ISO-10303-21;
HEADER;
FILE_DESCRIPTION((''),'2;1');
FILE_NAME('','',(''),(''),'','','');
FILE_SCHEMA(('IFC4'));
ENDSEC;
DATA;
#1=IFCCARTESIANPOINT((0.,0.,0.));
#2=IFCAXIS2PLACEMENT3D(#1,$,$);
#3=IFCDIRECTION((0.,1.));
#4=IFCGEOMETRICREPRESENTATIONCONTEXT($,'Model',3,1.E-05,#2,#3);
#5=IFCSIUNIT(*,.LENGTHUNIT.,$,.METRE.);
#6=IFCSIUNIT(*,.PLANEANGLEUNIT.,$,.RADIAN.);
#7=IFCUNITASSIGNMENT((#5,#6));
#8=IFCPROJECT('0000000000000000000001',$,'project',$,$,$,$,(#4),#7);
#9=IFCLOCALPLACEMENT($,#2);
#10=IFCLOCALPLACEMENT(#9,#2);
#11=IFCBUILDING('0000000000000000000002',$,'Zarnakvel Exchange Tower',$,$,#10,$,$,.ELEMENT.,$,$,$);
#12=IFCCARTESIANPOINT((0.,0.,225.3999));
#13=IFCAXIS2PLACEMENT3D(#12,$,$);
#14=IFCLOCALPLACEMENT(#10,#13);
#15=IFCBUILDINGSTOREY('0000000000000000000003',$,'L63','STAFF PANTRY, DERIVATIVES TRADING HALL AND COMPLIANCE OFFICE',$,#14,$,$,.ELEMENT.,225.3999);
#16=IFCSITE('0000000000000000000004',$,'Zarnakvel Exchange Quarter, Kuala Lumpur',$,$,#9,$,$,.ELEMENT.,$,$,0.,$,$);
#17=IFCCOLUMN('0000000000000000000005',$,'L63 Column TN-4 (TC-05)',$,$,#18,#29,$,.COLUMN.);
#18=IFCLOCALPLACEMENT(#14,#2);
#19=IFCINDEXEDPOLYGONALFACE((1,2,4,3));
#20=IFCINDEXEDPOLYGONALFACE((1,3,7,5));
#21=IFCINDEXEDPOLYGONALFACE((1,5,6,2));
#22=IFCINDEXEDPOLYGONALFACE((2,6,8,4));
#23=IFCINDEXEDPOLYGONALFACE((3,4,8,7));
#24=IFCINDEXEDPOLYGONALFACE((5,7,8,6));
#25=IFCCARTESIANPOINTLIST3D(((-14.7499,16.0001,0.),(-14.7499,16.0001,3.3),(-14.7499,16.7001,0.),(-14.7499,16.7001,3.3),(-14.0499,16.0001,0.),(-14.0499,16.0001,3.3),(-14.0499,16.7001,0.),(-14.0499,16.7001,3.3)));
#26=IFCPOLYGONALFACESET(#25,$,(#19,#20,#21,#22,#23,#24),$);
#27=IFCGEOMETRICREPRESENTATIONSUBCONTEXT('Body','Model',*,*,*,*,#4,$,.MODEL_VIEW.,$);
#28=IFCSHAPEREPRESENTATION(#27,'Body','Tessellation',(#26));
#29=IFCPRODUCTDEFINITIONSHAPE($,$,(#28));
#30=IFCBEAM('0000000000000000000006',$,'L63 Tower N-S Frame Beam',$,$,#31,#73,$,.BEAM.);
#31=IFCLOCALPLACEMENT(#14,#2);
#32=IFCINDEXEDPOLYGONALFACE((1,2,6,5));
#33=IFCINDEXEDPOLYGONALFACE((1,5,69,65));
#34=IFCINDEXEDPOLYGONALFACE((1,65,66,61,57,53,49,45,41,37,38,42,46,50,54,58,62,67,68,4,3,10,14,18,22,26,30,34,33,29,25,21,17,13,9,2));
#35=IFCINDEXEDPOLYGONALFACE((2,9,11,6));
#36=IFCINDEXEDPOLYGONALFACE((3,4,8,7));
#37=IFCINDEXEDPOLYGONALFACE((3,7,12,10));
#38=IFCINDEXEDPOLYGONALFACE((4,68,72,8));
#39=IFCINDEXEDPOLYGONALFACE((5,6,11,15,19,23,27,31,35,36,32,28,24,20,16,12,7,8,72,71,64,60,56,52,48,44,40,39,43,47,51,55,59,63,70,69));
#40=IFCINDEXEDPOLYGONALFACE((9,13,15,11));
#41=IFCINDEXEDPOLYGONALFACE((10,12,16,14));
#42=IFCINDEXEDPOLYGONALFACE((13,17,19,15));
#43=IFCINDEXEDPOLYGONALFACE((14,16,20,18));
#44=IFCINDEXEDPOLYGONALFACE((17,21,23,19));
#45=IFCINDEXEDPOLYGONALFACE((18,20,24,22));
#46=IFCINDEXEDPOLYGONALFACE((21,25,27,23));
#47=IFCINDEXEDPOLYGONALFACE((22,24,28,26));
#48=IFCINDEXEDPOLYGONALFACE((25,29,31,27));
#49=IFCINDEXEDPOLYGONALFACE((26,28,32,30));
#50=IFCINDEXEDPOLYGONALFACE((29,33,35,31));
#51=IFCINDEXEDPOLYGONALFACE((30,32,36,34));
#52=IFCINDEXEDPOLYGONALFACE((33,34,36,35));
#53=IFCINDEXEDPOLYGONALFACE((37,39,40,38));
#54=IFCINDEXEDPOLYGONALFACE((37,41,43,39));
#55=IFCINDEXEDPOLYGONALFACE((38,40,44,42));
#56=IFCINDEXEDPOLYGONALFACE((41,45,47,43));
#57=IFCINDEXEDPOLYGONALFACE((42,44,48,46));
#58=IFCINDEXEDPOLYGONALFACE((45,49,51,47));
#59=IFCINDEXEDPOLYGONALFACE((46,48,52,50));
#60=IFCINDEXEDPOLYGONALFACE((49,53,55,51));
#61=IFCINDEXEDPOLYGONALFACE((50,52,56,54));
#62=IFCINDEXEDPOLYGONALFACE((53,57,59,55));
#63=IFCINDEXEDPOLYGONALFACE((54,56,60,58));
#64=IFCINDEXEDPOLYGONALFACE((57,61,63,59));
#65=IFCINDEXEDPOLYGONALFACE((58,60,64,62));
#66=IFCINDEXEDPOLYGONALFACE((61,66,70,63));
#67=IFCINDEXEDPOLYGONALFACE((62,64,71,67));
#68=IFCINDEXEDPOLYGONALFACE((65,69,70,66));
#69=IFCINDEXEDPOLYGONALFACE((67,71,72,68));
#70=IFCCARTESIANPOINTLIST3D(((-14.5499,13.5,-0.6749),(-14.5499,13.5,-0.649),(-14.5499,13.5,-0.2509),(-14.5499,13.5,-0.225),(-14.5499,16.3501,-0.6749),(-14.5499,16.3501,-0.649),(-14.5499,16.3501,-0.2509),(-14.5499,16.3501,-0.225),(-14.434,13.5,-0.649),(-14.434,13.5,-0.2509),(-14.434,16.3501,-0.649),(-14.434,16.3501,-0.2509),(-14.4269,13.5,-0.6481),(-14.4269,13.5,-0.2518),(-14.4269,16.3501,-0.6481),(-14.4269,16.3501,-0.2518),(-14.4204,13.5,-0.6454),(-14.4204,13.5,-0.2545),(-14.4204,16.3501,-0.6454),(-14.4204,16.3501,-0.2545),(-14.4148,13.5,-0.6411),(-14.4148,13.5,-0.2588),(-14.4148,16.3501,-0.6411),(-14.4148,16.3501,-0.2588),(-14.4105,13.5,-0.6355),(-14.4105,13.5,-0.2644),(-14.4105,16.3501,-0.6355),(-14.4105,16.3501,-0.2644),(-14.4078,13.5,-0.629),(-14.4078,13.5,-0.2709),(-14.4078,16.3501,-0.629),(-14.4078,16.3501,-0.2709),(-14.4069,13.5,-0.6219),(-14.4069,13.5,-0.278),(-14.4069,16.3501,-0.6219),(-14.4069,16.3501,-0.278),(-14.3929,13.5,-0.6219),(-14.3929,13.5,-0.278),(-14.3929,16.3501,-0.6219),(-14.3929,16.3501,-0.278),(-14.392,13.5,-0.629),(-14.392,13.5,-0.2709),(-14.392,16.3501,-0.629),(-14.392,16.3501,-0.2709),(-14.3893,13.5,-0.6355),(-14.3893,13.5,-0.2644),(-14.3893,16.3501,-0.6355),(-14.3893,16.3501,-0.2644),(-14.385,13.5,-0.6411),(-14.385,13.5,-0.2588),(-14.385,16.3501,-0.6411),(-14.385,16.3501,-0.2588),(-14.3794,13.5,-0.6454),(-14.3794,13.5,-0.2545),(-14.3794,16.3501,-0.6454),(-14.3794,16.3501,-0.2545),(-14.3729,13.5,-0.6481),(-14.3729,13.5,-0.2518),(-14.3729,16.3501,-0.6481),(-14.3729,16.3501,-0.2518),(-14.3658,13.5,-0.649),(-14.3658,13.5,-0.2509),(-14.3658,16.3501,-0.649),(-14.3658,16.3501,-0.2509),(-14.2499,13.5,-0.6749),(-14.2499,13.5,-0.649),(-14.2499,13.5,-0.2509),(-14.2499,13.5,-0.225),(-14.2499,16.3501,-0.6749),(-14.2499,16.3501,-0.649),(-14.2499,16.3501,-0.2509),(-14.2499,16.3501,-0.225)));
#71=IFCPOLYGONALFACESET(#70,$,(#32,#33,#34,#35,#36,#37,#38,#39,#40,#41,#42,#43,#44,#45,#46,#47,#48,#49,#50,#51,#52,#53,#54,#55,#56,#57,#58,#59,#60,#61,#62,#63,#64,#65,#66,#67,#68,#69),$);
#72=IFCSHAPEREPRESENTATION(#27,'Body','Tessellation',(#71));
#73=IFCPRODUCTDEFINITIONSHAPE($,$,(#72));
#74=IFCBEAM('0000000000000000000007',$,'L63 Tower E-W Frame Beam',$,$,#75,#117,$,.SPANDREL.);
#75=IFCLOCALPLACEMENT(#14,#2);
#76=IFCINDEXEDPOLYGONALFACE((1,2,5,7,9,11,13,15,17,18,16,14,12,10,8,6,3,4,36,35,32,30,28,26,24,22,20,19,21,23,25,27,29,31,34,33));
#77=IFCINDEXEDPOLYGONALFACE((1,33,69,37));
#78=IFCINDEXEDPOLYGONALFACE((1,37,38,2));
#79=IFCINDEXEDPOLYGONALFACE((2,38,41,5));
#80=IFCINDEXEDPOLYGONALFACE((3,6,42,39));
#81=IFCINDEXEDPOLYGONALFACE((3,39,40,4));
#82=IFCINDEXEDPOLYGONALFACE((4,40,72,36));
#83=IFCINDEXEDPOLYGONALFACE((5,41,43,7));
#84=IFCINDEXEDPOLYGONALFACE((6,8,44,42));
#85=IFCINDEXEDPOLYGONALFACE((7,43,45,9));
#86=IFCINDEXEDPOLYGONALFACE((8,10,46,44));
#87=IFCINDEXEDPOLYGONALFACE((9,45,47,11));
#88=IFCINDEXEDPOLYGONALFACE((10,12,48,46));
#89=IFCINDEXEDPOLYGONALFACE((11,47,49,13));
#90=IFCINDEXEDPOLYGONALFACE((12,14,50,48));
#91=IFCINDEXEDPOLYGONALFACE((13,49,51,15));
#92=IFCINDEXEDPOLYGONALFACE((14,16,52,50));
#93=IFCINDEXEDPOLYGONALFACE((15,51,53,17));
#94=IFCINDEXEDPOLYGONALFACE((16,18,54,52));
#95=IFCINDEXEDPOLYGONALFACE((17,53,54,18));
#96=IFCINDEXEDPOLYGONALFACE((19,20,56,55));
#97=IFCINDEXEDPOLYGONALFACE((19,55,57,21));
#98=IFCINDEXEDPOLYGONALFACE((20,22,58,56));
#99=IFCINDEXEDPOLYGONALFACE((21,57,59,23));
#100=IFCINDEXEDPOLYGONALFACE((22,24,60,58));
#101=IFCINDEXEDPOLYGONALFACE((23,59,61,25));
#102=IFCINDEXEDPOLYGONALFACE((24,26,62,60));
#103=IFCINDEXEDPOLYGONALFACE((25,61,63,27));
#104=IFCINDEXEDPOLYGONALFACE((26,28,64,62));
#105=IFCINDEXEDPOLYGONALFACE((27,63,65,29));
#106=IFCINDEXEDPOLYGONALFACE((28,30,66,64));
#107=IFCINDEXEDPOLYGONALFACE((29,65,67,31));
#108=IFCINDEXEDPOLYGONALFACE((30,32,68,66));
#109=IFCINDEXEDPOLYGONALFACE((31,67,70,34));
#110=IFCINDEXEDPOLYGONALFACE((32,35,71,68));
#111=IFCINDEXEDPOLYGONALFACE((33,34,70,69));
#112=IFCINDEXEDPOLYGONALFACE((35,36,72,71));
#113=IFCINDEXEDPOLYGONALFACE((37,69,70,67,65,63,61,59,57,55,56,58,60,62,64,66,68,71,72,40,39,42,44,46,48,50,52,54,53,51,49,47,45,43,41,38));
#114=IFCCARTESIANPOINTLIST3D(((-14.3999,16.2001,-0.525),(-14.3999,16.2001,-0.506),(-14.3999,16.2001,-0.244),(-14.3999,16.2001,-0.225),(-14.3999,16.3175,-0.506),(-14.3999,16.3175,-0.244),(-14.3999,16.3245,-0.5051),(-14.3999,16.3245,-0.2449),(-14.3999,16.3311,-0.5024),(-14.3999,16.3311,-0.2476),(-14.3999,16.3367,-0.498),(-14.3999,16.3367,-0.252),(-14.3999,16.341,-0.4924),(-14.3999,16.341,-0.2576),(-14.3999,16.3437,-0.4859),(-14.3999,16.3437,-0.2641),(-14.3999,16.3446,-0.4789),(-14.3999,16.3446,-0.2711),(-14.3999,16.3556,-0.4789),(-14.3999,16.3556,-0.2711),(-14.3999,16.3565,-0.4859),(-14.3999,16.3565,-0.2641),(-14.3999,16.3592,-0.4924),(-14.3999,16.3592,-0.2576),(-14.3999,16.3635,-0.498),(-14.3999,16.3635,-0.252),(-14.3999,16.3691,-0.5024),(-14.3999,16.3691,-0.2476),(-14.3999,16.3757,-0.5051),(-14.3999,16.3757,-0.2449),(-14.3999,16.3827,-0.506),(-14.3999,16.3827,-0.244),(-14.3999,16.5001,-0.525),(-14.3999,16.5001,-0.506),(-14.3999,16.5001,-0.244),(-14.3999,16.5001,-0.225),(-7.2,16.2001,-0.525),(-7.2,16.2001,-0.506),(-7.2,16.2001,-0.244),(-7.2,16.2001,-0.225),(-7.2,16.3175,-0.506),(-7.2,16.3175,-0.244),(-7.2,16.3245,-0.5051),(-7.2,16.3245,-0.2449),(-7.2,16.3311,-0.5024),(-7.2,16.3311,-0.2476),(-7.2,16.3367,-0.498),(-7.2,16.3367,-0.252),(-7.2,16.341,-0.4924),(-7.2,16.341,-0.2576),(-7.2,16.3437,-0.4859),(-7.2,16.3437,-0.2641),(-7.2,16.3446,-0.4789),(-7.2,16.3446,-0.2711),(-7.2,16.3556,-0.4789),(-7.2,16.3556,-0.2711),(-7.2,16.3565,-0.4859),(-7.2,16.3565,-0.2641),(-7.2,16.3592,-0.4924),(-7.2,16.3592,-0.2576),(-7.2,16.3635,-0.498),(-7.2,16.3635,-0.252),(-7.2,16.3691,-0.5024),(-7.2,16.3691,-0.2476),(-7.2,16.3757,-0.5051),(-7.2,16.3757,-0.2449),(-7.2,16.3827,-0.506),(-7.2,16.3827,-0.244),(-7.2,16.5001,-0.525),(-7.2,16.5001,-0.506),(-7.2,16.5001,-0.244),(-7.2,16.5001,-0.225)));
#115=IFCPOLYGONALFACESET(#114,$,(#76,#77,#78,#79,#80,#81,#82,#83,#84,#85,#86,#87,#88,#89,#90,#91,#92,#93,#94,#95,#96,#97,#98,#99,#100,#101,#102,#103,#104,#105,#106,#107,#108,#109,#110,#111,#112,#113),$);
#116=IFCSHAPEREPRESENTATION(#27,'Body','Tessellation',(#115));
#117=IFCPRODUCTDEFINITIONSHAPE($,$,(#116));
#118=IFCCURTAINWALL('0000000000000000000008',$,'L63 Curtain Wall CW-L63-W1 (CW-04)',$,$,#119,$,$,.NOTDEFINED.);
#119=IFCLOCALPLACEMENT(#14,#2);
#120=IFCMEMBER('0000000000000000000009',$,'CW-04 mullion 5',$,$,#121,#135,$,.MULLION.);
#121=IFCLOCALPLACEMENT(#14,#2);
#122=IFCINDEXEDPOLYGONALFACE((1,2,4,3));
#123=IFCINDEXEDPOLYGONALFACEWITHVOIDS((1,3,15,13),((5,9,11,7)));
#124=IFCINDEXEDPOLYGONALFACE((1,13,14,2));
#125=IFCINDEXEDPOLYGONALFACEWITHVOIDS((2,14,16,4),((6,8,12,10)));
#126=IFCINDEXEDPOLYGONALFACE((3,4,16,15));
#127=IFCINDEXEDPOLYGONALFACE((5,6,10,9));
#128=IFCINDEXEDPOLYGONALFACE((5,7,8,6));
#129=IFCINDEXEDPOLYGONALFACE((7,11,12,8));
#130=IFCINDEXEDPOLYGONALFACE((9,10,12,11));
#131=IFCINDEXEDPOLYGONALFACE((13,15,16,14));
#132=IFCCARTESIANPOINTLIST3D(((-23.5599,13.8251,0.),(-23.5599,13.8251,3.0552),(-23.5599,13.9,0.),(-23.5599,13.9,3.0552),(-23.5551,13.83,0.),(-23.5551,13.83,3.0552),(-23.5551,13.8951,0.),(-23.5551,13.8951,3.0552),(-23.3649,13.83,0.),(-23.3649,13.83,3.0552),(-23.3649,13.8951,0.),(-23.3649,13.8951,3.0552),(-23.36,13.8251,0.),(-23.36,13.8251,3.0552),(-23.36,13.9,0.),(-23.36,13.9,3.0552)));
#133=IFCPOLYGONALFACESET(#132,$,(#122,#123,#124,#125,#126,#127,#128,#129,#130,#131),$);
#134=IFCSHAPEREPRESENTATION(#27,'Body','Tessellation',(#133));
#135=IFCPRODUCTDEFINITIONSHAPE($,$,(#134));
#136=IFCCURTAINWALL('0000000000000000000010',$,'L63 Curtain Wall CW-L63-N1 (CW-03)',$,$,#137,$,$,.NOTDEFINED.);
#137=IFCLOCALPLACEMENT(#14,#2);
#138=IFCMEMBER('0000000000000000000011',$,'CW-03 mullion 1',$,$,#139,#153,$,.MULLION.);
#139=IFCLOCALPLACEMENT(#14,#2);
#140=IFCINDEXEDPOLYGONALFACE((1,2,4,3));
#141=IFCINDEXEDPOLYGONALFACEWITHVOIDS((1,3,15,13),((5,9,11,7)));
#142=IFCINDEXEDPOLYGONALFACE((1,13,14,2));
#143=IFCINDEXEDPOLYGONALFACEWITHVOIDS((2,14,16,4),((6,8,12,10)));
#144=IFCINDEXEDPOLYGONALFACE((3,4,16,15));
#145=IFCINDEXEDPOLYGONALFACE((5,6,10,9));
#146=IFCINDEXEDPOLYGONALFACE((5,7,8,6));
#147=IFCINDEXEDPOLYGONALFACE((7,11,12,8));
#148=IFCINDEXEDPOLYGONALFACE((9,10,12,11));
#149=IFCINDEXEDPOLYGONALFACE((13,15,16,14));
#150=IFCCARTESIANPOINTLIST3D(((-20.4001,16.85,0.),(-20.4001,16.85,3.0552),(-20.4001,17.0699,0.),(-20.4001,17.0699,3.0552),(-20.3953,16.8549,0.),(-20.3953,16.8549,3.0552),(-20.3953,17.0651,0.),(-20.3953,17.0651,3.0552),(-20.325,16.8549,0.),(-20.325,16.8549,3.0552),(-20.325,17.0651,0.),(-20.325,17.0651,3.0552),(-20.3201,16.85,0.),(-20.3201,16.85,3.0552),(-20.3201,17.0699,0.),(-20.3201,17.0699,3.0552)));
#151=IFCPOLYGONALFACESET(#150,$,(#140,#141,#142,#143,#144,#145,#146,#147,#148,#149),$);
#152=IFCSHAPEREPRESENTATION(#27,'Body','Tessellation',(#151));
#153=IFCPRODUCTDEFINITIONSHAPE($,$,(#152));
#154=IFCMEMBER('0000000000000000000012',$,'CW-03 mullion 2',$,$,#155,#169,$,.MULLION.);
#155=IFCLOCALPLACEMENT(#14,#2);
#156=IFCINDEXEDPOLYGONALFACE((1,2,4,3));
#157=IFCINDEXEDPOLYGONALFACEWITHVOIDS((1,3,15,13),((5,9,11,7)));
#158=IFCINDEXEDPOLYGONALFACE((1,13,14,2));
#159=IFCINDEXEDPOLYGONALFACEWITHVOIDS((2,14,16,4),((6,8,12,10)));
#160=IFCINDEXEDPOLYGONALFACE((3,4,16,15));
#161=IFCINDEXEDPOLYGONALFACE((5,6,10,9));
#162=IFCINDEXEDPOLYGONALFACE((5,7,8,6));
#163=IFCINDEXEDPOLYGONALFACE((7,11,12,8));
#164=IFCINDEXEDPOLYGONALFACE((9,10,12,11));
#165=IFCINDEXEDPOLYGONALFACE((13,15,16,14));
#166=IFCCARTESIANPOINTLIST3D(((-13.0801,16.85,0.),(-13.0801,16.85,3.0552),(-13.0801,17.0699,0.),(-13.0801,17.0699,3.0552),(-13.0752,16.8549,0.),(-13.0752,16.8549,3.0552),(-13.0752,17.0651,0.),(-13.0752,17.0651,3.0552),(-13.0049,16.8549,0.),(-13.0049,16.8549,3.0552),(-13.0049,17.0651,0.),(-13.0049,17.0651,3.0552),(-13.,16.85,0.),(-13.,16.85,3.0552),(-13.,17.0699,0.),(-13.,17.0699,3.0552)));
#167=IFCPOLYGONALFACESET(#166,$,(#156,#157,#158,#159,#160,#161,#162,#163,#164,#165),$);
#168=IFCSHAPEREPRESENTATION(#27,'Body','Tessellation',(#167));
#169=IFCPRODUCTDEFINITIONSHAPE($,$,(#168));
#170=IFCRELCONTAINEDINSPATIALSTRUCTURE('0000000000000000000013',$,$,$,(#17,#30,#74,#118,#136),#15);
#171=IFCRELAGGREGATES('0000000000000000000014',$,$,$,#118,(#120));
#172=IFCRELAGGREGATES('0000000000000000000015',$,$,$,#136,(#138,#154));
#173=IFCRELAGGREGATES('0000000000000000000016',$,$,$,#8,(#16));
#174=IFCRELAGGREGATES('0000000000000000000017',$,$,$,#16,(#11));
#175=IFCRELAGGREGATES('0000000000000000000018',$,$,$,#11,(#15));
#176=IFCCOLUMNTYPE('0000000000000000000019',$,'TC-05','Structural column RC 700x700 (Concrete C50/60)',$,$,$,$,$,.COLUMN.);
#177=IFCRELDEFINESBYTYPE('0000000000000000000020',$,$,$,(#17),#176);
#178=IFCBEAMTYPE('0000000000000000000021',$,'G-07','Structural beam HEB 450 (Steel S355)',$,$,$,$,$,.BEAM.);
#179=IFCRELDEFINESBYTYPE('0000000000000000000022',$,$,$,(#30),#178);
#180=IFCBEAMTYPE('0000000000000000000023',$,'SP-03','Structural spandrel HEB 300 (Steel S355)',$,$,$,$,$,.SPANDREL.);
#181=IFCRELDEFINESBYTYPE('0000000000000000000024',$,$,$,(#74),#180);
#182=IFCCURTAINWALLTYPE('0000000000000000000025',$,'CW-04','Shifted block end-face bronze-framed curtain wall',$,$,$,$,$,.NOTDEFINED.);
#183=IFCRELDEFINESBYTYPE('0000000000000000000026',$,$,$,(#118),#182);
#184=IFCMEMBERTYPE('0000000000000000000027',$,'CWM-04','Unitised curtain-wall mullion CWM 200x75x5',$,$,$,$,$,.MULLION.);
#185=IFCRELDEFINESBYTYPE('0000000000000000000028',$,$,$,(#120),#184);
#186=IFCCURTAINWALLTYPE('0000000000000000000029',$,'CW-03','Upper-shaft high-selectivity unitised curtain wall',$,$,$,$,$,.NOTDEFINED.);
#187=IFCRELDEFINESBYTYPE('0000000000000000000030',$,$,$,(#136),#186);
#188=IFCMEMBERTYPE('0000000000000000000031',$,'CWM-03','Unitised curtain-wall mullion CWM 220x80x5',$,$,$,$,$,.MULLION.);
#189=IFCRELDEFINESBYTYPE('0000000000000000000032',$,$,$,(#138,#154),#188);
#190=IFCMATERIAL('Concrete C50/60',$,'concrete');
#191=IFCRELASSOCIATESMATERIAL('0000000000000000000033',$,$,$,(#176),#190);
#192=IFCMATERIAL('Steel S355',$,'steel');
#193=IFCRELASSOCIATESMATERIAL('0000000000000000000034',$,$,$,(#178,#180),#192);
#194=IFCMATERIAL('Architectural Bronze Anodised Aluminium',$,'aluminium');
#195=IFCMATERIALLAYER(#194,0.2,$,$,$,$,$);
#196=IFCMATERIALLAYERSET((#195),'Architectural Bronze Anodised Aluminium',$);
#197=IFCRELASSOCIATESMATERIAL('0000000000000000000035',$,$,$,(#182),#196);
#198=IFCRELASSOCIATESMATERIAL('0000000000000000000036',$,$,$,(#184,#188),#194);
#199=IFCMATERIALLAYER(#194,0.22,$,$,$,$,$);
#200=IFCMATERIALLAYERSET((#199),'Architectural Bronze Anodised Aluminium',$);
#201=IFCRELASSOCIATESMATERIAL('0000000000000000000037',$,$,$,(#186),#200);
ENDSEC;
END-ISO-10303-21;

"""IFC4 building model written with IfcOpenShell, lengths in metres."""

from ifc_helpers import new_model, si_unit, direction, frame, origin, origin_2d, place, context, subcontext, project, spatial, rectangle, hollow_rectangle, i_section, extrude, source, transform, mapped, material, layer, layer_set, material_profile, profile_set, type_object, element, aggregate, save


model = new_model("IFC4")

# Units and contexts
model_context = context("Model", 3, precision=1e-05, world=origin(), true_north=direction((0.0, 1.0)))
body_context = subcontext(model_context, "Body", "Model", "MODEL_VIEW")
ifc_project = project(units=[si_unit("LENGTHUNIT", "METRE"), si_unit("PLANEANGLEUNIT", "RADIAN")], contexts=[model_context])

# Site, building, storey
site_placement = place(None, origin())
site = spatial("IfcSite", under=ifc_project, at=site_placement, Name="Zarnakvel Exchange Quarter, Kuala Lumpur", CompositionType="ELEMENT", RefElevation=0.0)
building_placement = place(site_placement, origin())
building = spatial("IfcBuilding", under=site, at=building_placement, Name="Zarnakvel Exchange Tower", CompositionType="ELEMENT")
storey_placement = place(building_placement, frame((0.0, 0.0, 225.3999)))
storey = spatial("IfcBuildingStorey", under=building, at=storey_placement, Name="L63", Description="STAFF PANTRY, DERIVATIVES TRADING HALL AND COMPLIANCE OFFICE", CompositionType="ELEMENT", Elevation=225.3999)

# Column
ifc_material_1 = material(Name="Concrete C50/60", Category="concrete")
ifc_material_profile_1 = material_profile(ifc_material_1, rectangle(XDim=0.7, YDim=0.7, at=origin_2d()))
ifc_profile_set_1 = profile_set([ifc_material_profile_1], Name="Concrete C50/60")
column_type = type_object("IfcColumnType", Name="TC-05", Description="Structural column RC 700x700 (Concrete C50/60)", PredefinedType="COLUMN", material=ifc_profile_set_1)
column_placement = place(storey_placement, frame((-14.3999, 16.3501, 0.0), z_axis=(0.0, 0.0, 1.0), x_axis=(1.0, 0.0, 0.0)))
element("IfcColumn", 1, at=column_placement, inside=storey, type_object=column_type, Name="L63 Column TN-4 (TC-05)", PredefinedType="COLUMN", context=body_context, shape_type="SweptSolid", body=[
    extrude(rectangle(XDim=0.7, YDim=0.7, at=origin_2d()), origin(), (0.0, 0.0, 1.0), 3.3),
])

# Beams
ifc_material_2 = material(Name="Steel S355", Category="steel")
ifc_material_profile_2 = material_profile(ifc_material_2, i_section(OverallWidth=0.3, OverallDepth=0.45, WebThickness=0.0139, FlangeThickness=0.0259, FilletRadius=0.0271, at=origin_2d()))
ifc_profile_set_2 = profile_set([ifc_material_profile_2], Name="Steel S355")
beam_type_1 = type_object("IfcBeamType", Name="G-07", Description="Structural beam HEB 450 (Steel S355)", PredefinedType="BEAM", material=ifc_profile_set_2)
beam_1_placement = place(storey_placement, frame((-14.3999, 13.5, -0.45), z_axis=(0.0, 1.0, 0.0), x_axis=(-1.0, 0.0, 0.0)))
element("IfcBeam", 2, at=beam_1_placement, inside=storey, type_object=beam_type_1, Name="L63 Tower N-S Frame Beam", PredefinedType="BEAM", context=body_context, shape_type="SweptSolid", body=[
    extrude(i_section(OverallWidth=0.3, OverallDepth=0.45, WebThickness=0.0139, FlangeThickness=0.0259, FilletRadius=0.0271, at=origin_2d()), origin(), (0.0, 0.0, 1.0), 2.8501),
])
ifc_material_profile_3 = material_profile(ifc_material_2, i_section(OverallWidth=0.3, OverallDepth=0.3, WebThickness=0.011, FlangeThickness=0.019, FilletRadius=0.0271, at=origin_2d()))
ifc_profile_set_3 = profile_set([ifc_material_profile_3], Name="Steel S355")
beam_type_2 = type_object("IfcBeamType", Name="SP-03", Description="Structural spandrel HEB 300 (Steel S355)", PredefinedType="SPANDREL", material=ifc_profile_set_3)
beam_2_placement = place(storey_placement, frame((-14.3999, 16.3501, -0.375), z_axis=(1.0, 0.0, 0.0), x_axis=(0.0, 1.0, 0.0)))
element("IfcBeam", 3, at=beam_2_placement, inside=storey, type_object=beam_type_2, Name="L63 Tower E-W Frame Beam", PredefinedType="SPANDREL", context=body_context, shape_type="SweptSolid", body=[
    extrude(i_section(OverallWidth=0.3, OverallDepth=0.3, WebThickness=0.011, FlangeThickness=0.019, FilletRadius=0.0271, at=origin_2d()), origin(), (0.0, 0.0, 1.0), 7.2),
])

# Curtain wall, member
ifc_material_3 = material(Name="Architectural Bronze Anodised Aluminium", Category="aluminium")
ifc_layer_1 = layer(ifc_material_3, 0.2)
ifc_layer_set_1 = layer_set([ifc_layer_1], Name="Architectural Bronze Anodised Aluminium")
curtain_wall_type_1 = type_object("IfcCurtainWallType", Name="CW-04", Description="Shifted block end-face bronze-framed curtain wall", PredefinedType="NOTDEFINED", material=ifc_layer_set_1)
curtain_wall_1_placement = place(storey_placement, origin())
curtain_wall_1 = element("IfcCurtainWall", 4, at=curtain_wall_1_placement, inside=storey, type_object=curtain_wall_type_1, Name="L63 Curtain Wall CW-L63-W1 (CW-04)", PredefinedType="NOTDEFINED")
ifc_material_profile_4 = material_profile(ifc_material_3, hollow_rectangle(XDim=0.2, YDim=0.075, WallThickness=0.0049, at=origin_2d()))
ifc_profile_set_4 = profile_set([ifc_material_profile_4], Name="Architectural Bronze Anodised Aluminium")
member_type_1 = type_object("IfcMemberType", Name="CWM-04", Description="Unitised curtain-wall mullion CWM 200x75x5", PredefinedType="MULLION", material=ifc_profile_set_4)
shared_shape_1 = source(origin(), body_context, "Body", "SweptSolid", [
    extrude(hollow_rectangle(XDim=0.2, YDim=0.075, WallThickness=0.0049, at=origin_2d()), origin(), (0.0, 0.0, 1.0), 3.0552),
])
member_1_placement = place(storey_placement, frame((-23.46, 13.8625, 0.0), z_axis=(0.0, 0.0, 1.0), x_axis=(-1.0, 0.0, 0.0)))
member_1 = element("IfcMember", 5, at=member_1_placement, type_object=member_type_1, Name="CW-04 mullion 5", PredefinedType="MULLION", context=body_context, shape_type="MappedRepresentation", body=[
    mapped(shared_shape_1, transform((0.0, 0.0, 0.0), x_axis=(1.0, 0.0, 0.0), y_axis=(0.0, 1.0, 0.0), z_axis=(0.0, 0.0, 1.0), scale=1.0)),
])
aggregate(curtain_wall_1, [member_1])

# Curtain wall, members
ifc_layer_2 = layer(ifc_material_3, 0.22)
ifc_layer_set_2 = layer_set([ifc_layer_2], Name="Architectural Bronze Anodised Aluminium")
curtain_wall_type_2 = type_object("IfcCurtainWallType", Name="CW-03", Description="Upper-shaft high-selectivity unitised curtain wall", PredefinedType="NOTDEFINED", material=ifc_layer_set_2)
curtain_wall_2_placement = place(storey_placement, origin())
curtain_wall_2 = element("IfcCurtainWall", 6, at=curtain_wall_2_placement, inside=storey, type_object=curtain_wall_type_2, Name="L63 Curtain Wall CW-L63-N1 (CW-03)", PredefinedType="NOTDEFINED")
ifc_material_profile_5 = material_profile(ifc_material_3, hollow_rectangle(XDim=0.22, YDim=0.0801, WallThickness=0.0049, at=origin_2d()))
ifc_profile_set_5 = profile_set([ifc_material_profile_5], Name="Architectural Bronze Anodised Aluminium")
member_type_2 = type_object("IfcMemberType", Name="CWM-03", Description="Unitised curtain-wall mullion CWM 220x80x5", PredefinedType="MULLION", material=ifc_profile_set_5)
shared_shape_2 = source(origin(), body_context, "Body", "SweptSolid", [
    extrude(hollow_rectangle(XDim=0.22, YDim=0.0801, WallThickness=0.0049, at=origin_2d()), origin(), (0.0, 0.0, 1.0), 3.0552),
])
member_2_placement = place(storey_placement, frame((-20.3601, 16.96, 0.0), z_axis=(0.0, 0.0, 1.0), x_axis=(0.0, 1.0, 0.0)))
member_2 = element("IfcMember", 7, at=member_2_placement, type_object=member_type_2, Name="CW-03 mullion 1", PredefinedType="MULLION", context=body_context, shape_type="MappedRepresentation", body=[
    mapped(shared_shape_2, transform((0.0, 0.0, 0.0), x_axis=(1.0, 0.0, 0.0), y_axis=(0.0, 1.0, 0.0), z_axis=(0.0, 0.0, 1.0), scale=1.0)),
])
member_3_placement = place(storey_placement, frame((-13.04, 16.96, 0.0), z_axis=(0.0, 0.0, 1.0), x_axis=(0.0, 1.0, 0.0)))
member_3 = element("IfcMember", 8, at=member_3_placement, type_object=member_type_2, Name="CW-03 mullion 2", PredefinedType="MULLION", context=body_context, shape_type="MappedRepresentation", body=[
    mapped(shared_shape_2, transform((0.0, 0.0, 0.0), x_axis=(1.0, 0.0, 0.0), y_axis=(0.0, 1.0, 0.0), z_axis=(0.0, 0.0, 1.0), scale=1.0)),
])
aggregate(curtain_wall_2, [member_2, member_3])

save(model, "model.ifc")
